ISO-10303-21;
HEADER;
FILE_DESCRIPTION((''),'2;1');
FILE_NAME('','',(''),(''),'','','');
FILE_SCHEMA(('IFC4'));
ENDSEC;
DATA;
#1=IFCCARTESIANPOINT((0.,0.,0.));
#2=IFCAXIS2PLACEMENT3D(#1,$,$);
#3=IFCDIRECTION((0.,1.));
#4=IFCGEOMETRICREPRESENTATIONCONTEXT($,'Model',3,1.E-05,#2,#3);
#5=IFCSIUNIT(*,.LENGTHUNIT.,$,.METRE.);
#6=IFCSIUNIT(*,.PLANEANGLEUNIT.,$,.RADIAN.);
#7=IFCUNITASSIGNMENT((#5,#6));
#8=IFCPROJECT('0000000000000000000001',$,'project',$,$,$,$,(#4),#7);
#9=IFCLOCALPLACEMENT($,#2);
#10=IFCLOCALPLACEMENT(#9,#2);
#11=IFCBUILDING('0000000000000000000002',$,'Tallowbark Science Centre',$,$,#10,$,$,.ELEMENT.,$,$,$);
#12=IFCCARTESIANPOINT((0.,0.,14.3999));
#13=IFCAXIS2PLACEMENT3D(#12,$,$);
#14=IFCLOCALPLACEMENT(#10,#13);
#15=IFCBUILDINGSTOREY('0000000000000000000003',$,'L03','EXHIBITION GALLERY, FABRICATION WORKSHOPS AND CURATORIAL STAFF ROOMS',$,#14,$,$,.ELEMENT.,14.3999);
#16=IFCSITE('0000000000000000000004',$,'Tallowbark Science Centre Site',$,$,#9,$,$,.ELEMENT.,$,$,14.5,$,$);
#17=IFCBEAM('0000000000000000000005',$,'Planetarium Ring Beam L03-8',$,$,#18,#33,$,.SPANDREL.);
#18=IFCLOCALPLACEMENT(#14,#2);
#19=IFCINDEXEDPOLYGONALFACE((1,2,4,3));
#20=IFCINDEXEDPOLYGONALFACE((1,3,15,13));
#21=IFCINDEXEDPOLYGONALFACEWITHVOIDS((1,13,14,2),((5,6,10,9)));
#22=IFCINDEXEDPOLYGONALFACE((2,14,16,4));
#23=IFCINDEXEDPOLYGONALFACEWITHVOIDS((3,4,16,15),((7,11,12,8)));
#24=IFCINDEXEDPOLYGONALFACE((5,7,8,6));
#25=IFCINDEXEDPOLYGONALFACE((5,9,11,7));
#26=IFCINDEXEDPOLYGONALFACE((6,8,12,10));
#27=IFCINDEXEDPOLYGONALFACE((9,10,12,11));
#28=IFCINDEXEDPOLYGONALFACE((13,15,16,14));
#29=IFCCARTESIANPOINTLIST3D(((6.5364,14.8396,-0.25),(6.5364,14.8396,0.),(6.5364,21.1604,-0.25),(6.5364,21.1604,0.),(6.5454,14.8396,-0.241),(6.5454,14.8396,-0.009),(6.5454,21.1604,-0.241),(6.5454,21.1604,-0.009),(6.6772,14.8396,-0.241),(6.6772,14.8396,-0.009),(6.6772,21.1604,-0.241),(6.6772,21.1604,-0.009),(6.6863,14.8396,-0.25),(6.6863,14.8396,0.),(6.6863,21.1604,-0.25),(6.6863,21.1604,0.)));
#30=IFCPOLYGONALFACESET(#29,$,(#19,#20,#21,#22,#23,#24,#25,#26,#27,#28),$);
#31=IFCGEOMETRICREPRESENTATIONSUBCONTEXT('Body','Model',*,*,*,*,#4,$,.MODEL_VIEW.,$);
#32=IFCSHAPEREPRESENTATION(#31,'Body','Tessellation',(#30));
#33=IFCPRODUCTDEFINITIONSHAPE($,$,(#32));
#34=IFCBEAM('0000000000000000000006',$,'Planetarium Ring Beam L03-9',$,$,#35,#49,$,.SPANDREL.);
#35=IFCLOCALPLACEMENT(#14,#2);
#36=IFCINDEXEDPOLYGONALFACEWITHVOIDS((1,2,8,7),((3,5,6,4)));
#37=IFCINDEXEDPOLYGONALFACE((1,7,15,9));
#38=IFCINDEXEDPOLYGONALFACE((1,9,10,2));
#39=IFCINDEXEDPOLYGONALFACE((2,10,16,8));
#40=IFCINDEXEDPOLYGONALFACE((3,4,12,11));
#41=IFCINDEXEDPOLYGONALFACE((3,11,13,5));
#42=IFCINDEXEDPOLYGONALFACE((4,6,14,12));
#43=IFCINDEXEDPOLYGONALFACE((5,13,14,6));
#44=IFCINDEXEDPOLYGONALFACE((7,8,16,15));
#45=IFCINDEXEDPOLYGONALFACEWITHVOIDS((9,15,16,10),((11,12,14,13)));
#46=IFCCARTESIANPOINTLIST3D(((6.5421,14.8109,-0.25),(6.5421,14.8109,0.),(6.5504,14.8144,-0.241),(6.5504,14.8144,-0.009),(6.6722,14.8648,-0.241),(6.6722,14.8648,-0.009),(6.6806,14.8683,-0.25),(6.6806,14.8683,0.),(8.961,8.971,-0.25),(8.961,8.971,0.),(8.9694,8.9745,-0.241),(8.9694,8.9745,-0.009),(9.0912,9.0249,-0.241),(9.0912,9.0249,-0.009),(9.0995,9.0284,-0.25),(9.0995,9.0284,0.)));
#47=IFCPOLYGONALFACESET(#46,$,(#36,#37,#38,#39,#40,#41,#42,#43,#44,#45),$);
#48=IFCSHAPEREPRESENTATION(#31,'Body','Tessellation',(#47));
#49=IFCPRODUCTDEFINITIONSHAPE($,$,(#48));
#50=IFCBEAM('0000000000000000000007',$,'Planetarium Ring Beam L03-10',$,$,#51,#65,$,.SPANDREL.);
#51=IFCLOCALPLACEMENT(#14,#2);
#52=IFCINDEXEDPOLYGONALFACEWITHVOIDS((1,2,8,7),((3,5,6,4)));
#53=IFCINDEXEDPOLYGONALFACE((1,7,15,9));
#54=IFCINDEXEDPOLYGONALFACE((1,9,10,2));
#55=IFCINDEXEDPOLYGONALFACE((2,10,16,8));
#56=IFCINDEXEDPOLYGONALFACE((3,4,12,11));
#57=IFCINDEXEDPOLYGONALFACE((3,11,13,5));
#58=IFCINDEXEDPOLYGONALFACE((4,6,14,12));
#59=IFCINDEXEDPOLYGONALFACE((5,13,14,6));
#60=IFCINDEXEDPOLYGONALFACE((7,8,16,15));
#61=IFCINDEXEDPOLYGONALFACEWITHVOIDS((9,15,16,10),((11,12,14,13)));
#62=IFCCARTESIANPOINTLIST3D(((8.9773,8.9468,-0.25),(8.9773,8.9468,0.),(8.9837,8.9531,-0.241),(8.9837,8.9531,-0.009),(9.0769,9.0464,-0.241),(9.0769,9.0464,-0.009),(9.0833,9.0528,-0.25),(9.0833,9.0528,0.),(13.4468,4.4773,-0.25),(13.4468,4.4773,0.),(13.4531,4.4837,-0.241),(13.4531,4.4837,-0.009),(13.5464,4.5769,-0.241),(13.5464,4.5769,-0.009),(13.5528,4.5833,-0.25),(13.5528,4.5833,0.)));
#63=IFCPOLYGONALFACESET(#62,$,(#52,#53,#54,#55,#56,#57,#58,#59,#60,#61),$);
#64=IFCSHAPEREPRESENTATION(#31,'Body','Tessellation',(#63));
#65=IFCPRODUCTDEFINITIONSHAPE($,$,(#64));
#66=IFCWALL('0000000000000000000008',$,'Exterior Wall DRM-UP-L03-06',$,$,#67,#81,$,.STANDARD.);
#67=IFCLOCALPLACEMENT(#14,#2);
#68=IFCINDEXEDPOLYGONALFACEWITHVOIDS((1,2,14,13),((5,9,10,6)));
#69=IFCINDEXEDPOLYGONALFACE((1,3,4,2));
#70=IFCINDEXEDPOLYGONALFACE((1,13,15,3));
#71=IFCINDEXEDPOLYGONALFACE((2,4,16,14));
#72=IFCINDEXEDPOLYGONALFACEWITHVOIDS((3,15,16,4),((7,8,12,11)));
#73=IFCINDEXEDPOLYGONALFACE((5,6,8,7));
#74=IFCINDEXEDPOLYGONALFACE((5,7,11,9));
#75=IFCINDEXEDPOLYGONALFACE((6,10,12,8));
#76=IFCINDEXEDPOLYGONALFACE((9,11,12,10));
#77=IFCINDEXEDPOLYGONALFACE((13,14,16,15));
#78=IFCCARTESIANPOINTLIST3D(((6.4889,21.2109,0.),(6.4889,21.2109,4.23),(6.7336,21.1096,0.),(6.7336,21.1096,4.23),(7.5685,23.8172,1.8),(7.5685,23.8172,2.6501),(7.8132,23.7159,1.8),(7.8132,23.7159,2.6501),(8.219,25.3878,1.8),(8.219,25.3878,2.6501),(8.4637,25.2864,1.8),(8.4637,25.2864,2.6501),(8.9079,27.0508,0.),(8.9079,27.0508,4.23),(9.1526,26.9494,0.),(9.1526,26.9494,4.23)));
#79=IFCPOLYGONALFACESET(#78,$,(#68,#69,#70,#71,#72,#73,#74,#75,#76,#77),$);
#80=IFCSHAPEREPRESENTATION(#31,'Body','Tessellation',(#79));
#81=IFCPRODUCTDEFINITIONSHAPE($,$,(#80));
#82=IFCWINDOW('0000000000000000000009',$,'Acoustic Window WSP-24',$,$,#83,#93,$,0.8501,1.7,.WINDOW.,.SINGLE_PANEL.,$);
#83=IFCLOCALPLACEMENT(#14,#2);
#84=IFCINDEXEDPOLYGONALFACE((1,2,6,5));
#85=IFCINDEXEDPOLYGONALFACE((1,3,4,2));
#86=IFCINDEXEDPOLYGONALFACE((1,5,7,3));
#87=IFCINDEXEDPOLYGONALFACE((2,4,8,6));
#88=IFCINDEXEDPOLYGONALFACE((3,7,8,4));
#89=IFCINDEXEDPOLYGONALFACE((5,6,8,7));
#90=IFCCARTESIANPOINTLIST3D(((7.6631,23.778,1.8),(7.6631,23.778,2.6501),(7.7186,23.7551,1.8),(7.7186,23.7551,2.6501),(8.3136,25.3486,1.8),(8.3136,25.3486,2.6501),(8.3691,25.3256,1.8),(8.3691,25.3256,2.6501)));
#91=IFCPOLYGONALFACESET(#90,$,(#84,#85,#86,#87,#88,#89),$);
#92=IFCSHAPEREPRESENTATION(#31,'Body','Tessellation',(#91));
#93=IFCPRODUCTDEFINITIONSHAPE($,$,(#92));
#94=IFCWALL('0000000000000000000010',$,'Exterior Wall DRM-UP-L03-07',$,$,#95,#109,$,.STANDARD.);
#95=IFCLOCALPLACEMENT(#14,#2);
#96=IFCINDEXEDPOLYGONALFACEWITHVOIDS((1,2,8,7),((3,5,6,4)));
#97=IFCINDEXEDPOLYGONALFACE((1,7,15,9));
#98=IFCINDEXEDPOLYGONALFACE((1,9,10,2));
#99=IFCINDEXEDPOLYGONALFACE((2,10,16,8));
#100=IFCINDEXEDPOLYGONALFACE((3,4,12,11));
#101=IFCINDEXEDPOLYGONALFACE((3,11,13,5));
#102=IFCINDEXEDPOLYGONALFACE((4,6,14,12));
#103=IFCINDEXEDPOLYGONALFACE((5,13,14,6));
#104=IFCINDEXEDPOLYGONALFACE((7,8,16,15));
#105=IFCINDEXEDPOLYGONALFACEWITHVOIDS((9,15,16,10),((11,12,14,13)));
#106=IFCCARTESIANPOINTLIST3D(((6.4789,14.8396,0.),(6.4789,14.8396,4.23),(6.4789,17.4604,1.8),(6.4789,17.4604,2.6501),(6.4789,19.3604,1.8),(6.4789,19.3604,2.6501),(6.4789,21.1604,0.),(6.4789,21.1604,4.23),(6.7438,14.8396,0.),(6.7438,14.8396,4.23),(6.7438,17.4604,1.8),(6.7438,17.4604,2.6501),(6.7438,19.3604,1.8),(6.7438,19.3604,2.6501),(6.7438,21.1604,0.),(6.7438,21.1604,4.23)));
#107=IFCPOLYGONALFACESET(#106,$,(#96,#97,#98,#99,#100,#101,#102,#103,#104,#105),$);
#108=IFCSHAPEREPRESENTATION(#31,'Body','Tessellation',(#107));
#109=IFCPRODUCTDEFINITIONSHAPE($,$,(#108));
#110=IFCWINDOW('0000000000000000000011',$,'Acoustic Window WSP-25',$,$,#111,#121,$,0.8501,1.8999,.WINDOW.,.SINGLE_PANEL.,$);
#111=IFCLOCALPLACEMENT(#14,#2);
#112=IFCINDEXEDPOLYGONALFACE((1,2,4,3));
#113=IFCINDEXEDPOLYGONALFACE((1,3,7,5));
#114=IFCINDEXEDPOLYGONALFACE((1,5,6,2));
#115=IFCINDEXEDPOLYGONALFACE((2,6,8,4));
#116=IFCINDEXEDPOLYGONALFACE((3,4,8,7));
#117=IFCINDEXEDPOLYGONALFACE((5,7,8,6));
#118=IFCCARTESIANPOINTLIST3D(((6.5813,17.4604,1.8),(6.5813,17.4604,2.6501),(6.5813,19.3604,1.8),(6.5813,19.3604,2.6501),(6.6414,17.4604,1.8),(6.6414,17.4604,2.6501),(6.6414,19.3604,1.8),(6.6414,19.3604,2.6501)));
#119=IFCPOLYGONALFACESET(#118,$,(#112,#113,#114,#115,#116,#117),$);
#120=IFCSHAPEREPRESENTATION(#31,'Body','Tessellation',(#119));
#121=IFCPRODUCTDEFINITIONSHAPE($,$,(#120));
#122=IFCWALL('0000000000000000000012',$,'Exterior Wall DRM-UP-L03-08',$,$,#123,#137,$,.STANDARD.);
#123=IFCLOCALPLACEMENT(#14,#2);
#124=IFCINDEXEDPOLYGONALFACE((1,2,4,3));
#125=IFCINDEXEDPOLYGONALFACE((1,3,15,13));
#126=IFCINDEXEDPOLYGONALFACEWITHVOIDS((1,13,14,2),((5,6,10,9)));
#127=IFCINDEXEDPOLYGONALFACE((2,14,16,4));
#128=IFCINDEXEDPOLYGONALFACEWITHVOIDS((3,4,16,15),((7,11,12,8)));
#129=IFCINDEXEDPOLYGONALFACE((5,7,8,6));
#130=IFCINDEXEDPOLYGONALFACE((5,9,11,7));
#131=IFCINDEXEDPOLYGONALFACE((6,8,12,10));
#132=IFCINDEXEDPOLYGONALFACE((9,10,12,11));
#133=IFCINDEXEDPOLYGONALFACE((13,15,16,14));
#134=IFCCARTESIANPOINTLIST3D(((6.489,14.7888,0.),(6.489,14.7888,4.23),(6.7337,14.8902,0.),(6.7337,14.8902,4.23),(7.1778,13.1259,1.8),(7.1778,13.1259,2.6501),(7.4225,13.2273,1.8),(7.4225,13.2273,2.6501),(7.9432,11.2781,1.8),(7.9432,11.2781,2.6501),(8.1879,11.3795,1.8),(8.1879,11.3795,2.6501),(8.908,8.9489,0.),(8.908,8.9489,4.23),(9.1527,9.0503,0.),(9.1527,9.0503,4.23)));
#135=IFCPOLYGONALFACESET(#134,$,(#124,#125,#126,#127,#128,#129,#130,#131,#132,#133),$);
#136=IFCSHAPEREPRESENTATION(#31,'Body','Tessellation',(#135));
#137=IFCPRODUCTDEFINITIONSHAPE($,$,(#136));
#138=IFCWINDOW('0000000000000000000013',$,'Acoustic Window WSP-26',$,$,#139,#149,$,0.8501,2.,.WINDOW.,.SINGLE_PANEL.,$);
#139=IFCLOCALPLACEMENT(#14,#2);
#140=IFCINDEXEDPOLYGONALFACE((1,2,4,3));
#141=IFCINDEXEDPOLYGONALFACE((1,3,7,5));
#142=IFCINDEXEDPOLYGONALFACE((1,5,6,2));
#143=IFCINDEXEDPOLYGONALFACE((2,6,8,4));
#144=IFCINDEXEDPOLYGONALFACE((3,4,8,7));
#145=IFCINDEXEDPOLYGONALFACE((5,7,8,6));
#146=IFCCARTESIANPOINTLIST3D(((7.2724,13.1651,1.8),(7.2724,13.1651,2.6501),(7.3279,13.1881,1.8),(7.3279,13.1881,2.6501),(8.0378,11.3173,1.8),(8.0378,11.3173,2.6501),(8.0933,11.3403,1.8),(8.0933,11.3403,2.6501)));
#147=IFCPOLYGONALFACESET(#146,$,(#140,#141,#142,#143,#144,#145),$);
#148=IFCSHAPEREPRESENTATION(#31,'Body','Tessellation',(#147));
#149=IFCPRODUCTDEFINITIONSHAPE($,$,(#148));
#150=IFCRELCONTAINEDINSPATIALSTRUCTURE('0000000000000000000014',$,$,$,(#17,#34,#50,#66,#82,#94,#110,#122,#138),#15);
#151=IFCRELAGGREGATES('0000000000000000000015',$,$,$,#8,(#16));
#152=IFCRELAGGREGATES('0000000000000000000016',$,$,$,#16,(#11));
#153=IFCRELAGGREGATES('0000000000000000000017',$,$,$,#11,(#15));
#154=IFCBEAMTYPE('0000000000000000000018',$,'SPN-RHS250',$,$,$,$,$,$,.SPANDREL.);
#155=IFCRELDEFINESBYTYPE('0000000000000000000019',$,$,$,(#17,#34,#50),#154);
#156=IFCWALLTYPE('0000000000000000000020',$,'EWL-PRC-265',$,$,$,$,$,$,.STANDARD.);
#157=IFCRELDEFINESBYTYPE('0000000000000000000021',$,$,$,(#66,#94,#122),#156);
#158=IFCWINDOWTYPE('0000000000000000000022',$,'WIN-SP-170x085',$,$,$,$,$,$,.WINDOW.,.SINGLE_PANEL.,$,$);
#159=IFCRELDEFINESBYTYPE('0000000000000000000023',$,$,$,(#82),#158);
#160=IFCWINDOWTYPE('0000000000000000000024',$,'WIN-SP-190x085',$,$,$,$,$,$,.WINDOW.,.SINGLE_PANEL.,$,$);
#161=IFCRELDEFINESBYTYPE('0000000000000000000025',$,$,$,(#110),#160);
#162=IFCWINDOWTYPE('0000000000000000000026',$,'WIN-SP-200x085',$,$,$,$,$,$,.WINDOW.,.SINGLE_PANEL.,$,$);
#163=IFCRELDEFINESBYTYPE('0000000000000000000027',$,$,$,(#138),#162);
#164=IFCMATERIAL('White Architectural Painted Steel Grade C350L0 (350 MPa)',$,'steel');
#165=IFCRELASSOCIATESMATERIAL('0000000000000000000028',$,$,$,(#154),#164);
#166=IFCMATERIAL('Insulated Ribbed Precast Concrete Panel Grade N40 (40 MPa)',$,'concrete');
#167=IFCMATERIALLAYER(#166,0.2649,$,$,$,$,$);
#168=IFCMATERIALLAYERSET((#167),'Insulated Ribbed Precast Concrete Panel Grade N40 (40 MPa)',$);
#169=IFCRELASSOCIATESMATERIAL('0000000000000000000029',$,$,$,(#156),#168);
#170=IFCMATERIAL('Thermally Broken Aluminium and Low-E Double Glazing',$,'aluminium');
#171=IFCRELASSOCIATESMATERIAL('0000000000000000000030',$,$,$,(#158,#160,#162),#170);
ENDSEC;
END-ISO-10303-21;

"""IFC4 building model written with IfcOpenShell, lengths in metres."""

from ifc_helpers import new_model, si_unit, direction, frame, frame_2d, origin, origin_2d, place, context, subcontext, project, spatial, rectangle, hollow_rectangle, extrude, material, layer, layer_set, material_profile, profile_set, type_object, element, fill, save


model = new_model("IFC4")

# Units and contexts
model_context = context("Model", 3, precision=1e-05, world=origin(), true_north=direction((0.0, 1.0)))
body_context = subcontext(model_context, "Body", "Model", "MODEL_VIEW")
ifc_project = project(units=[si_unit("LENGTHUNIT", "METRE"), si_unit("PLANEANGLEUNIT", "RADIAN")], contexts=[model_context])

# Site, building, storey
site_placement = place(None, origin())
site = spatial("IfcSite", under=ifc_project, at=site_placement, Name="Tallowbark Science Centre Site", CompositionType="ELEMENT", RefElevation=14.5)
building_placement = place(site_placement, origin())
building = spatial("IfcBuilding", under=site, at=building_placement, Name="Tallowbark Science Centre", CompositionType="ELEMENT")
storey_placement = place(building_placement, frame((0.0, 0.0, 14.3999)))
storey = spatial("IfcBuildingStorey", under=building, at=storey_placement, Name="L03", Description="EXHIBITION GALLERY, FABRICATION WORKSHOPS AND CURATORIAL STAFF ROOMS", CompositionType="ELEMENT", Elevation=14.3999)

# Beams
ifc_material_1 = material(Name="White Architectural Painted Steel Grade C350L0 (350 MPa)", Category="steel")
ifc_material_profile_1 = material_profile(ifc_material_1, hollow_rectangle(XDim=0.1499, YDim=0.25, WallThickness=0.009, at=origin_2d()), Name="250x150x9.0RHS")
ifc_profile_set_1 = profile_set([ifc_material_profile_1], Name="White Architectural Painted Steel Grade C350L0 (350 MPa)")
beam_type = type_object("IfcBeamType", Name="SPN-RHS250", PredefinedType="SPANDREL", material=ifc_profile_set_1)
beam_1_placement = place(storey_placement, frame((6.6113, 21.1604, -0.125), z_axis=(0.0, -1.0, 0.0), x_axis=(1.0, 0.0, 0.0)))
element("IfcBeam", 1, at=beam_1_placement, inside=storey, type_object=beam_type, Name="Planetarium Ring Beam L03-8", PredefinedType="SPANDREL", context=body_context, shape_type="SweptSolid", body=[
    extrude(hollow_rectangle(XDim=0.1499, YDim=0.25, WallThickness=0.009, at=origin_2d()), origin(), (0.0, 0.0, 1.0), 6.3208),
])
beam_2_placement = place(storey_placement, frame((6.6113, 14.8396, -0.125), z_axis=(0.382684, -0.923879, 0.0), x_axis=(0.923879, 0.382684, 0.0)))
element("IfcBeam", 2, at=beam_2_placement, inside=storey, type_object=beam_type, Name="Planetarium Ring Beam L03-9", PredefinedType="SPANDREL", context=body_context, shape_type="SweptSolid", body=[
    extrude(hollow_rectangle(XDim=0.1499, YDim=0.25, WallThickness=0.009, at=origin_2d()), origin(), (0.0, 0.0, 1.0), 6.321),
])
beam_3_placement = place(storey_placement, frame((9.0303, 8.9998, -0.125), z_axis=(0.707107, -0.707107, 0.0), x_axis=(0.707107, 0.707107, 0.0)))
element("IfcBeam", 3, at=beam_3_placement, inside=storey, type_object=beam_type, Name="Planetarium Ring Beam L03-10", PredefinedType="SPANDREL", context=body_context, shape_type="SweptSolid", body=[
    extrude(hollow_rectangle(XDim=0.1499, YDim=0.25, WallThickness=0.009, at=origin_2d()), origin(), (0.0, 0.0, 1.0), 6.3208),
])

# Walls, openings, windows
ifc_material_2 = material(Name="Insulated Ribbed Precast Concrete Panel Grade N40 (40 MPa)", Category="concrete")
ifc_layer_1 = layer(ifc_material_2, 0.2649)
ifc_layer_set_1 = layer_set([ifc_layer_1], Name="Insulated Ribbed Precast Concrete Panel Grade N40 (40 MPa)")
wall_type = type_object("IfcWallType", Name="EWL-PRC-265", PredefinedType="STANDARD", material=ifc_layer_set_1)
wall_1_placement = place(storey_placement, frame((9.0303, 27.0002, 0.0), z_axis=(0.0, 0.0, 1.0), x_axis=(-0.382684, -0.923879, 0.0)))
wall_1 = element("IfcWall", 4, at=wall_1_placement, inside=storey, type_object=wall_type, Name="Exterior Wall DRM-UP-L03-06", PredefinedType="STANDARD", context=body_context, shape_type="SweptSolid", body=[
    extrude(rectangle(XDim=6.321, YDim=0.2649, at=frame_2d((3.1606, 0.0))), origin(), (0.0, 0.0, 1.0), 4.23),
])
opening_1_placement = place(wall_1_placement, frame((1.8, 0.0, 1.8)))
opening_1 = element("IfcOpeningElement", 5, at=opening_1_placement, cuts=wall_1, PredefinedType="OPENING", context=body_context, shape_type="SweptSolid", body=[
    extrude(rectangle(XDim=1.7, YDim=0.8501, at=frame_2d((0.8501, 0.425))), frame((0.0, 0.1426, 0.0), z_axis=(0.0, -1.0, 0.0), x_axis=(1.0, 0.0, 0.0)), (0.0, 0.0, 1.0), 0.2849),
])
ifc_material_3 = material(Name="Thermally Broken Aluminium and Low-E Double Glazing", Category="aluminium")
window_type_1 = type_object("IfcWindowType", Name="WIN-SP-170x085", PartitioningType="SINGLE_PANEL", PredefinedType="WINDOW", material=ifc_material_3)
window_1_placement = place(opening_1_placement, origin())
window_1 = element("IfcWindow", 6, at=window_1_placement, inside=storey, type_object=window_type_1, Name="Acoustic Window WSP-24", OverallHeight=0.8501, OverallWidth=1.7, PartitioningType="SINGLE_PANEL", PredefinedType="WINDOW", context=body_context, shape_type="SweptSolid", body=[
    extrude(rectangle(XDim=1.7, YDim=0.8501, at=frame_2d((0.8501, 0.425))), frame((0.0, 0.03, 0.0), z_axis=(0.0, -1.0, 0.0), x_axis=(1.0, 0.0, 0.0)), (0.0, 0.0, 1.0), 0.0601),
])
fill(opening_1, window_1)
wall_2_placement = place(storey_placement, frame((6.6113, 21.1604, 0.0), z_axis=(0.0, 0.0, 1.0), x_axis=(0.0, -1.0, 0.0)))
wall_2 = element("IfcWall", 7, at=wall_2_placement, inside=storey, type_object=wall_type, Name="Exterior Wall DRM-UP-L03-07", PredefinedType="STANDARD", context=body_context, shape_type="SweptSolid", body=[
    extrude(rectangle(XDim=6.3208, YDim=0.2649, at=frame_2d((3.1604, 0.0))), origin(), (0.0, 0.0, 1.0), 4.23),
])
opening_2_placement = place(wall_2_placement, frame((1.8, 0.0, 1.8)))
opening_2 = element("IfcOpeningElement", 8, at=opening_2_placement, cuts=wall_2, PredefinedType="OPENING", context=body_context, shape_type="SweptSolid", body=[
    extrude(rectangle(XDim=1.8999, YDim=0.8501, at=frame_2d((0.95, 0.425))), frame((0.0, 0.1426, 0.0), z_axis=(0.0, -1.0, 0.0), x_axis=(1.0, 0.0, 0.0)), (0.0, 0.0, 1.0), 0.2849),
])
window_type_2 = type_object("IfcWindowType", Name="WIN-SP-190x085", PartitioningType="SINGLE_PANEL", PredefinedType="WINDOW", material=ifc_material_3)
window_2_placement = place(opening_2_placement, origin())
window_2 = element("IfcWindow", 9, at=window_2_placement, inside=storey, type_object=window_type_2, Name="Acoustic Window WSP-25", OverallHeight=0.8501, OverallWidth=1.8999, PartitioningType="SINGLE_PANEL", PredefinedType="WINDOW", context=body_context, shape_type="SweptSolid", body=[
    extrude(rectangle(XDim=1.8999, YDim=0.8501, at=frame_2d((0.95, 0.425))), frame((0.0, 0.03, 0.0), z_axis=(0.0, -1.0, 0.0), x_axis=(1.0, 0.0, 0.0)), (0.0, 0.0, 1.0), 0.0601),
])
fill(opening_2, window_2)
wall_3_placement = place(storey_placement, frame((6.6113, 14.8396, 0.0), z_axis=(0.0, 0.0, 1.0), x_axis=(0.382684, -0.923879, 0.0)))
wall_3 = element("IfcWall", 10, at=wall_3_placement, inside=storey, type_object=wall_type, Name="Exterior Wall DRM-UP-L03-08", PredefinedType="STANDARD", context=body_context, shape_type="SweptSolid", body=[
    extrude(rectangle(XDim=6.321, YDim=0.2649, at=frame_2d((3.1606, 0.0))), origin(), (0.0, 0.0, 1.0), 4.23),
])
opening_3_placement = place(wall_3_placement, frame((1.8, 0.0, 1.8)))
opening_3 = element("IfcOpeningElement", 11, at=opening_3_placement, cuts=wall_3, PredefinedType="OPENING", context=body_context, shape_type="SweptSolid", body=[
    extrude(rectangle(XDim=2.0, YDim=0.8501, at=frame_2d((1.0, 0.425))), frame((0.0, 0.1426, 0.0), z_axis=(0.0, -1.0, 0.0), x_axis=(1.0, 0.0, 0.0)), (0.0, 0.0, 1.0), 0.2849),
])
window_type_3 = type_object("IfcWindowType", Name="WIN-SP-200x085", PartitioningType="SINGLE_PANEL", PredefinedType="WINDOW", material=ifc_material_3)
window_3_placement = place(opening_3_placement, origin())
window_3 = element("IfcWindow", 12, at=window_3_placement, inside=storey, type_object=window_type_3, Name="Acoustic Window WSP-26", OverallHeight=0.8501, OverallWidth=2.0, PartitioningType="SINGLE_PANEL", PredefinedType="WINDOW", context=body_context, shape_type="SweptSolid", body=[
    extrude(rectangle(XDim=2.0, YDim=0.8501, at=frame_2d((1.0, 0.425))), frame((0.0, 0.03, 0.0), z_axis=(0.0, -1.0, 0.0), x_axis=(1.0, 0.0, 0.0)), (0.0, 0.0, 1.0), 0.0601),
])
fill(opening_3, window_3)

save(model, "model.ifc")
